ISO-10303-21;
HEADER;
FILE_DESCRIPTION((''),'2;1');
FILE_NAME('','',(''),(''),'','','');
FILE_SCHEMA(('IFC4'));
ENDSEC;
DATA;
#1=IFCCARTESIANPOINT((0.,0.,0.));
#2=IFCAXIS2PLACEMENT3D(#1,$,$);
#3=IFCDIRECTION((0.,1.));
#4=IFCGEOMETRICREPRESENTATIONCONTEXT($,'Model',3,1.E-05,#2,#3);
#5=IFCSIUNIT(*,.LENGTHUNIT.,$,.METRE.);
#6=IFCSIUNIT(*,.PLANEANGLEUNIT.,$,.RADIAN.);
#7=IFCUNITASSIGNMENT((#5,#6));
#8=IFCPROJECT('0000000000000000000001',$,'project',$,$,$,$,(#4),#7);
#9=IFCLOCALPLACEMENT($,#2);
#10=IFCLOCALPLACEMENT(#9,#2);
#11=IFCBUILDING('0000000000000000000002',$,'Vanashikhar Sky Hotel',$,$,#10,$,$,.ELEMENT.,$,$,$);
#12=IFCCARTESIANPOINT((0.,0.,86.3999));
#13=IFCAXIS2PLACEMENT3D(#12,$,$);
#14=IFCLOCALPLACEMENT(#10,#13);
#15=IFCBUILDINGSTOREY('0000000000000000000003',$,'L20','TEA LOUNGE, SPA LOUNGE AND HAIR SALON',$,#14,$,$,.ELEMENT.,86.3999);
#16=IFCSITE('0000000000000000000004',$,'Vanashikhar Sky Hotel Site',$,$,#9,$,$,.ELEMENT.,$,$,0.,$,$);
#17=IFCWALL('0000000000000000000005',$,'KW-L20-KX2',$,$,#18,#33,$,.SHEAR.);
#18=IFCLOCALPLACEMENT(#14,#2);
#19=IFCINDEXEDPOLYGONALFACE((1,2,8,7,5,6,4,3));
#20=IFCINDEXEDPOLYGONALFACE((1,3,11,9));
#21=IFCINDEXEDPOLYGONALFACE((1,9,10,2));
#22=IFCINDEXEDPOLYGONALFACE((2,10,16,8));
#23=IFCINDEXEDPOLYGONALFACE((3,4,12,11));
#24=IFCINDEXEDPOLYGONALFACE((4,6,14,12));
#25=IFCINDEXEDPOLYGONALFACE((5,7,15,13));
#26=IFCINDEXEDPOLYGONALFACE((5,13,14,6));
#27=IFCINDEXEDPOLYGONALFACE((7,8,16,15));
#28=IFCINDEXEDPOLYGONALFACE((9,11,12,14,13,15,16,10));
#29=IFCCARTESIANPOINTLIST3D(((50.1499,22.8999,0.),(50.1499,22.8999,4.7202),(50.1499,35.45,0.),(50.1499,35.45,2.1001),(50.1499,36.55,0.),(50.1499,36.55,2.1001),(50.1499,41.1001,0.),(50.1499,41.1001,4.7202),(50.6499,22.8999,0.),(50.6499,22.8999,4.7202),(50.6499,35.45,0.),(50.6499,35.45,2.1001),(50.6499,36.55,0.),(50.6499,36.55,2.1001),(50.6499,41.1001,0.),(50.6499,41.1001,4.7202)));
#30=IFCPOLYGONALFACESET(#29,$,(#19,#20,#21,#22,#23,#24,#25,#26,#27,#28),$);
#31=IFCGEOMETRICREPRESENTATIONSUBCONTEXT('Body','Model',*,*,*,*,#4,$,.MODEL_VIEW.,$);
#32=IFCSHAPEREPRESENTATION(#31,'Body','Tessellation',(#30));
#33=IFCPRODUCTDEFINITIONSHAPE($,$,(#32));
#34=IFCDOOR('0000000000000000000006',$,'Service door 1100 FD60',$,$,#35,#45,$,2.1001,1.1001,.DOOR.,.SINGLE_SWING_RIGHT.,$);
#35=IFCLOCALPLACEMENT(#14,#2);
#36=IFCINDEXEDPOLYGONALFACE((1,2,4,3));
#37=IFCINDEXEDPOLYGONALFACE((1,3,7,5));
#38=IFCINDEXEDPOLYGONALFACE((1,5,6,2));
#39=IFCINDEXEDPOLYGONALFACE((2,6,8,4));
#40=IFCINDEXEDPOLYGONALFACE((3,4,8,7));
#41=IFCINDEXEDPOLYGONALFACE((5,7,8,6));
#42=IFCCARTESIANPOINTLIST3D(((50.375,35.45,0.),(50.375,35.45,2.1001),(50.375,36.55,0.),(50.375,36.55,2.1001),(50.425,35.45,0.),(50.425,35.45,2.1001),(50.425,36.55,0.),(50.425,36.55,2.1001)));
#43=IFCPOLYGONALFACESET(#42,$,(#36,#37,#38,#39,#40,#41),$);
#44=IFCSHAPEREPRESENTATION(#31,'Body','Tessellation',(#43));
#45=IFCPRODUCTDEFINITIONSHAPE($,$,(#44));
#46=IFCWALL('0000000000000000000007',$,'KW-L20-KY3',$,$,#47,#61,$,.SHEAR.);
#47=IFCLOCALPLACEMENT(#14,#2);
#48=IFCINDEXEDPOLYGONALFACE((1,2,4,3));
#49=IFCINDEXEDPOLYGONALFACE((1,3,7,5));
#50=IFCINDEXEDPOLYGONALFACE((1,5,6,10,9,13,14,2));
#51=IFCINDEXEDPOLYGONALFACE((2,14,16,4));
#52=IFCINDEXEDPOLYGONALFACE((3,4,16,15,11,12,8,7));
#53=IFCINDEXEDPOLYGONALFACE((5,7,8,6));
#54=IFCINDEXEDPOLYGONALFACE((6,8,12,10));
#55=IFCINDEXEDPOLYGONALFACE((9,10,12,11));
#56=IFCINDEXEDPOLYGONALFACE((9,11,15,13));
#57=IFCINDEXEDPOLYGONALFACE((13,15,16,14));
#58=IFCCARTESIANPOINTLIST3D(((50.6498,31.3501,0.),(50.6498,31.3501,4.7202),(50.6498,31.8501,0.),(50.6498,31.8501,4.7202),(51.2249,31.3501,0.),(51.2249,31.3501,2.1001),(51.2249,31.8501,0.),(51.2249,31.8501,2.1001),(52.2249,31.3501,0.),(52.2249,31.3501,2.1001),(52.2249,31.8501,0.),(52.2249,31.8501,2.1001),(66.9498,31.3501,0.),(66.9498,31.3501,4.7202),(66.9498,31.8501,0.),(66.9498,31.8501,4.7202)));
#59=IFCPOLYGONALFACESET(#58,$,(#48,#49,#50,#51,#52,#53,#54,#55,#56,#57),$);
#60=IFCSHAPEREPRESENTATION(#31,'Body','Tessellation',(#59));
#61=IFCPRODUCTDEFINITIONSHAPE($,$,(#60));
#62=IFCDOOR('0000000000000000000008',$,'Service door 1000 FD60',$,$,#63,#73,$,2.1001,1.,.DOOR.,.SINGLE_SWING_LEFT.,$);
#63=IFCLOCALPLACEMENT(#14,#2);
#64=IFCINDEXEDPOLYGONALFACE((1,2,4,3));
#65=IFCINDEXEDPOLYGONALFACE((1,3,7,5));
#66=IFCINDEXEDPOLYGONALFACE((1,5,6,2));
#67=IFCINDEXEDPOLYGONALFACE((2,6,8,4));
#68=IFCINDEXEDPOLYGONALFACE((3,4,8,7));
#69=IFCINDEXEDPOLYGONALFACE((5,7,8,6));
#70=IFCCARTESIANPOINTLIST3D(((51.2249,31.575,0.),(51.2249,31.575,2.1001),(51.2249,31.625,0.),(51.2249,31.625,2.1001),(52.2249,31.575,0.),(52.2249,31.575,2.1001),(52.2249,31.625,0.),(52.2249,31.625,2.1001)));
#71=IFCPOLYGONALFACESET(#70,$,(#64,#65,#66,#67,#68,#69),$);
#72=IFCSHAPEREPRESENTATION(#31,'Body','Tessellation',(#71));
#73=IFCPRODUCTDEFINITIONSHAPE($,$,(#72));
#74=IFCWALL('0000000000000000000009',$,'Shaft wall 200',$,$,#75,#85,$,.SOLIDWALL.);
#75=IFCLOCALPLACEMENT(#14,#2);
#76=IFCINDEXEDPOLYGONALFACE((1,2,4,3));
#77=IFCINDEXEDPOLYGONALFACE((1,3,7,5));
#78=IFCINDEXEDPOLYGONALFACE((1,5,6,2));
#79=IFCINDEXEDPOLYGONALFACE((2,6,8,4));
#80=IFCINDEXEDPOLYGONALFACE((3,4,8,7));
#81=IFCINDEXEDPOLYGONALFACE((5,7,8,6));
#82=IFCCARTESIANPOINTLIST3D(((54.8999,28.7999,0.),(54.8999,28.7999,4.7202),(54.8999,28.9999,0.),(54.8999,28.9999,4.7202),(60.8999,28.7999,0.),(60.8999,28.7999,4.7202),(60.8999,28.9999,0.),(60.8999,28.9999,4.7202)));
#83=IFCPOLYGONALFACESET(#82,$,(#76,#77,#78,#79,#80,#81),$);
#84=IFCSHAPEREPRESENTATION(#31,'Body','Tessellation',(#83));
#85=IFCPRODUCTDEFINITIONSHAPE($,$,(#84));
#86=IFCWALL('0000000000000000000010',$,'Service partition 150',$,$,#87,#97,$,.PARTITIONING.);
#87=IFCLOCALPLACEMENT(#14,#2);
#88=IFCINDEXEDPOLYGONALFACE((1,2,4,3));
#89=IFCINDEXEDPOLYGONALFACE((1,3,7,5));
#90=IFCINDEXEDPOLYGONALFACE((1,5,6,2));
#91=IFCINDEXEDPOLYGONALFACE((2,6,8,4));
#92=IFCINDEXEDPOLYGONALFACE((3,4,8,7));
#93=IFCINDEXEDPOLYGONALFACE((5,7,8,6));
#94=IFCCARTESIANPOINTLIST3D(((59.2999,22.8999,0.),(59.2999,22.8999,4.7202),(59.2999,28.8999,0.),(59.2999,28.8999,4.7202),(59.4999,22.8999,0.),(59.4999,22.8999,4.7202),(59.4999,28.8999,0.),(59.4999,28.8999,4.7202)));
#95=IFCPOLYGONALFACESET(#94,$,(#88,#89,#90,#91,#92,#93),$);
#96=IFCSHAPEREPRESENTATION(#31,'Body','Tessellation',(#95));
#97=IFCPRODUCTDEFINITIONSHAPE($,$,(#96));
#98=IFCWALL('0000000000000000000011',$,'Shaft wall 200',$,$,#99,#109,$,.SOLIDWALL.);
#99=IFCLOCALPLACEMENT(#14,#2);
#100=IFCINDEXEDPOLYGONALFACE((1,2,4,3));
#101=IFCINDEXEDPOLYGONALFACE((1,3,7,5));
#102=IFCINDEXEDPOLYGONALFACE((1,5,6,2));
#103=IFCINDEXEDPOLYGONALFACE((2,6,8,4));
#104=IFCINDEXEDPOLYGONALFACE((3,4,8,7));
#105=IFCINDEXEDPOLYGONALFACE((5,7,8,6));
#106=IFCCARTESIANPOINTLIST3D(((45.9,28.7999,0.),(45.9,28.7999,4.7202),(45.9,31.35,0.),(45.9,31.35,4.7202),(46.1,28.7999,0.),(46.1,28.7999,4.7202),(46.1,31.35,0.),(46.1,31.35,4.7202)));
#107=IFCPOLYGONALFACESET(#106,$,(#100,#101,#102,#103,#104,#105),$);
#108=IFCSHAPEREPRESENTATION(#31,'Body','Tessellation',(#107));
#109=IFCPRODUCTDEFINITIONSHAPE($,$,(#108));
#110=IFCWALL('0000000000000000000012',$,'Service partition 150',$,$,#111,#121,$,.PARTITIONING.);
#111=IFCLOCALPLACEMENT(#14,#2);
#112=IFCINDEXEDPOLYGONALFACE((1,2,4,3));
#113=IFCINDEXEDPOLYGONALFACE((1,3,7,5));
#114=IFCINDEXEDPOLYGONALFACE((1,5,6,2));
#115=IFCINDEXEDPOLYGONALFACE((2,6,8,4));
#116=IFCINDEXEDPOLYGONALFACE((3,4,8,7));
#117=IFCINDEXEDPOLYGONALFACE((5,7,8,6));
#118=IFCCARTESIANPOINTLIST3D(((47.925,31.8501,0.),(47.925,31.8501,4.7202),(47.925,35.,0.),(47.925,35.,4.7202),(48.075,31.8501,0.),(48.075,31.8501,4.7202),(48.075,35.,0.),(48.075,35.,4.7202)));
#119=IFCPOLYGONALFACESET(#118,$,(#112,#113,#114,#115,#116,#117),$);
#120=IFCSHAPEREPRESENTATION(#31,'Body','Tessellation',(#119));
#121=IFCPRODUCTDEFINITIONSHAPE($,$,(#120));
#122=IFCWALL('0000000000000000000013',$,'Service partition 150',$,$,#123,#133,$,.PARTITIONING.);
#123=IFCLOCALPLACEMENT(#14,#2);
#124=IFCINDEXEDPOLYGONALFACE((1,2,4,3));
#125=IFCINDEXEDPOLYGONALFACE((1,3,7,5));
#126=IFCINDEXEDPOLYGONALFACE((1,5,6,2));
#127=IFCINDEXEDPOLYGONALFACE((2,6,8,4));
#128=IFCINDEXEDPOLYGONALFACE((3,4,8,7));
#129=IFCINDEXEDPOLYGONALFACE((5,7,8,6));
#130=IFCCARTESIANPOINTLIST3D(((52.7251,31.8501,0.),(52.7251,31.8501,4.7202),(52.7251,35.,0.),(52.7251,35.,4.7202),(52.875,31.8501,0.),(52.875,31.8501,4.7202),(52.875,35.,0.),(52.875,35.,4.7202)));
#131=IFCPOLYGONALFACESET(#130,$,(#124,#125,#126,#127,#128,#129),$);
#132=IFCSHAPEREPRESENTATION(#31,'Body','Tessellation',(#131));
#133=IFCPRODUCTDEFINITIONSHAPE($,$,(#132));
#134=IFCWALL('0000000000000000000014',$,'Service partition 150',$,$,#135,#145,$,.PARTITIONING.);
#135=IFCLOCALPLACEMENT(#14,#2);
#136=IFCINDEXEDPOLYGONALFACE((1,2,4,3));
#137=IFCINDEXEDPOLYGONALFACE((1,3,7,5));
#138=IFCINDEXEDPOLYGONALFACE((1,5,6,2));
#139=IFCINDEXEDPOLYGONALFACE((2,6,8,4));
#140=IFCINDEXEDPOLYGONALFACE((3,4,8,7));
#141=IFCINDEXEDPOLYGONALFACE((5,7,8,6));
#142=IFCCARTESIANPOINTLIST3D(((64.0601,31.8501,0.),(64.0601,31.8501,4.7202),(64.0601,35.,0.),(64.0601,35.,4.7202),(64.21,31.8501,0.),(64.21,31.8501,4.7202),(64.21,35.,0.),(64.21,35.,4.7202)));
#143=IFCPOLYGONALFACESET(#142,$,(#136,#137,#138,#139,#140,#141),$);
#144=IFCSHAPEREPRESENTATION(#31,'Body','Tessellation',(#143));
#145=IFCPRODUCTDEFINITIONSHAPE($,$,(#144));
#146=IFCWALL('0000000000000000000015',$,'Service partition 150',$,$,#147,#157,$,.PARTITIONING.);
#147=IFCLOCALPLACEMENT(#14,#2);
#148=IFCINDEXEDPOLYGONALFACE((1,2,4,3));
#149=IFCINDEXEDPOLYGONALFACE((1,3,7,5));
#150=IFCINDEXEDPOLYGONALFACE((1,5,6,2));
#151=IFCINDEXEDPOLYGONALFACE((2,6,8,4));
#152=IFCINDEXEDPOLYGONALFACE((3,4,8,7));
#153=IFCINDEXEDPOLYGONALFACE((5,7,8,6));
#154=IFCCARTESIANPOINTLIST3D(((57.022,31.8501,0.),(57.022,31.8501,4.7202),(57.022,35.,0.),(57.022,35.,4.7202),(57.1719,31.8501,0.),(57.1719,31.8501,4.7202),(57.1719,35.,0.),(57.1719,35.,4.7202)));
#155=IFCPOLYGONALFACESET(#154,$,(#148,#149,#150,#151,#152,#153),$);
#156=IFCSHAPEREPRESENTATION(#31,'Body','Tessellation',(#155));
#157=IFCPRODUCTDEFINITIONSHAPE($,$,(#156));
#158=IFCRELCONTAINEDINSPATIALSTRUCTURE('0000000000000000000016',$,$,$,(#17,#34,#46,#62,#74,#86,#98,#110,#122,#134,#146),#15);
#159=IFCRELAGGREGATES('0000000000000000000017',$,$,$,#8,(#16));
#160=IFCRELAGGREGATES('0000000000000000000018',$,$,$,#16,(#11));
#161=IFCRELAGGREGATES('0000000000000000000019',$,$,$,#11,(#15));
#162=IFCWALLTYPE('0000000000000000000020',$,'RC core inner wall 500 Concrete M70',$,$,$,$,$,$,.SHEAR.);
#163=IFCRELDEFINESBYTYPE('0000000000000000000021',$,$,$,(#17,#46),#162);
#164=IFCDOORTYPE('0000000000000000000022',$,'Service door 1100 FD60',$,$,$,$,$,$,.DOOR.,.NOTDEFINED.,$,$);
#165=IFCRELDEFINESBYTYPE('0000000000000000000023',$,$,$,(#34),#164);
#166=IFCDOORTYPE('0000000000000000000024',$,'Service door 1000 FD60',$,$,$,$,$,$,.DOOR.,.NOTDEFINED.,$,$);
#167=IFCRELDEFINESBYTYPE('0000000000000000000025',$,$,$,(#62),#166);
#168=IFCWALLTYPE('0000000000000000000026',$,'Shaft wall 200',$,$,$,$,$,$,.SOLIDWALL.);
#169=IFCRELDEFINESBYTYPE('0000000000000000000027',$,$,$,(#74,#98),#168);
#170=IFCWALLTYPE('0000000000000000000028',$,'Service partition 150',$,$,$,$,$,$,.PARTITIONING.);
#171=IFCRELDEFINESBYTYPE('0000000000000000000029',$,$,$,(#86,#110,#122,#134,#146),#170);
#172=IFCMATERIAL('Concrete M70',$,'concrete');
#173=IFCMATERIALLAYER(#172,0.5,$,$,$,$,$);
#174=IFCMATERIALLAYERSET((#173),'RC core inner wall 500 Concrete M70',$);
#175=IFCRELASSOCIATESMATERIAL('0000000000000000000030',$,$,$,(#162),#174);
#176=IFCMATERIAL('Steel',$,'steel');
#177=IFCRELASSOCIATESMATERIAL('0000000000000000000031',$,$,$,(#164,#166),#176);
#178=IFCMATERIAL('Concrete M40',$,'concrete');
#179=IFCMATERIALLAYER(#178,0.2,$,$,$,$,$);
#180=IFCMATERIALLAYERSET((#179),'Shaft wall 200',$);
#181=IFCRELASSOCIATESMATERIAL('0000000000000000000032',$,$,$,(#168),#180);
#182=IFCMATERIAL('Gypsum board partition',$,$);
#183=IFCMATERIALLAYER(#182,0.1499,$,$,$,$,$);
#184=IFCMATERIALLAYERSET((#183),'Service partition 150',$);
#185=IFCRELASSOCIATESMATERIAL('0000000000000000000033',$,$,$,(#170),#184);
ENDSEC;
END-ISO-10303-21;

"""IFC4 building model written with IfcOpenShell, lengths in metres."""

from ifc_helpers import new_model, si_unit, direction, frame, frame_2d, origin, place, context, subcontext, project, spatial, rectangle, extrude, source, transform, mapped, material, layer, layer_set, type_object, element, fill, save


model = new_model("IFC4")

# Units and contexts
model_context = context("Model", 3, precision=1e-05, world=origin(), true_north=direction((0.0, 1.0)))
body_context = subcontext(model_context, "Body", "Model", "MODEL_VIEW")
ifc_project = project(units=[si_unit("LENGTHUNIT", "METRE"), si_unit("PLANEANGLEUNIT", "RADIAN")], contexts=[model_context])

# Site, building, storey
site_placement = place(None, origin())
site = spatial("IfcSite", under=ifc_project, at=site_placement, Name="Vanashikhar Sky Hotel Site", CompositionType="ELEMENT", RefElevation=0.0)
building_placement = place(site_placement, origin())
building = spatial("IfcBuilding", under=site, at=building_placement, Name="Vanashikhar Sky Hotel", CompositionType="ELEMENT")
storey_placement = place(building_placement, frame((0.0, 0.0, 86.3999)))
storey = spatial("IfcBuildingStorey", under=building, at=storey_placement, Name="L20", Description="TEA LOUNGE, SPA LOUNGE AND HAIR SALON", CompositionType="ELEMENT", Elevation=86.3999)

# Walls, openings, doors
ifc_material_1 = material(Name="Concrete M70", Category="concrete")
ifc_layer_1 = layer(ifc_material_1, 0.5)
ifc_layer_set_1 = layer_set([ifc_layer_1], Name="RC core inner wall 500 Concrete M70")
wall_type_1 = type_object("IfcWallType", Name="RC core inner wall 500 Concrete M70", PredefinedType="SHEAR", material=ifc_layer_set_1)
shared_shape_1 = source(origin(), body_context, "Body", "SweptSolid", [
    extrude(rectangle(XDim=18.2002, YDim=0.5, at=frame_2d((9.1001, 0.0))), origin(), (0.0, 0.0, 1.0), 4.7202),
])
wall_1_placement = place(storey_placement, frame((50.3999, 22.8999, 0.0), z_axis=(0.0, 0.0, 1.0), x_axis=(0.0, 1.0, 0.0)))
wall_1 = element("IfcWall", 1, at=wall_1_placement, inside=storey, type_object=wall_type_1, Name="KW-L20-KX2", PredefinedType="SHEAR", context=body_context, shape_type="MappedRepresentation", body=[
    mapped(shared_shape_1, transform((0.0, 0.0, 0.0), scale=1.0)),
])
shared_shape_2 = source(origin(), body_context, "Body", "SweptSolid", [
    extrude(rectangle(XDim=1.1001, YDim=2.1001, at=frame_2d((0.55, 1.05))), frame((0.0, 0.26, 0.0), z_axis=(0.0, -1.0, 0.0), x_axis=(1.0, 0.0, 0.0)), (0.0, 0.0, 1.0), 0.52),
])
opening_1_placement = place(wall_1_placement, frame((12.55, 0.0, 0.0)))
opening_1 = element("IfcOpeningElement", 2, at=opening_1_placement, cuts=wall_1, PredefinedType="OPENING", context=body_context, shape_type="MappedRepresentation", body=[
    mapped(shared_shape_2, transform((0.0, 0.0, 0.0), scale=1.0)),
])
ifc_material_2 = material(Name="Steel", Category="steel")
door_type_1 = type_object("IfcDoorType", Name="Service door 1100 FD60", OperationType="NOTDEFINED", PredefinedType="DOOR", material=ifc_material_2)
shared_shape_3 = source(origin(), body_context, "Body", "SweptSolid", [
    extrude(rectangle(XDim=1.1001, YDim=2.1001, at=frame_2d((0.55, 1.05))), frame((0.0, 0.0249, 0.0), z_axis=(0.0, -1.0, 0.0), x_axis=(1.0, 0.0, 0.0)), (0.0, 0.0, 1.0), 0.05),
])
door_1_placement = place(opening_1_placement, origin())
door_1 = element("IfcDoor", 3, at=door_1_placement, inside=storey, type_object=door_type_1, Name="Service door 1100 FD60", OperationType="SINGLE_SWING_RIGHT", OverallHeight=2.1001, OverallWidth=1.1001, PredefinedType="DOOR", context=body_context, shape_type="MappedRepresentation", body=[
    mapped(shared_shape_3, transform((0.0, 0.0, 0.0), scale=1.0)),
])
fill(opening_1, door_1)
shared_shape_4 = source(origin(), body_context, "Body", "SweptSolid", [
    extrude(rectangle(XDim=16.3, YDim=0.5, at=frame_2d((8.1499, 0.0))), origin(), (0.0, 0.0, 1.0), 4.7202),
])
wall_2_placement = place(storey_placement, frame((50.6499, 31.6001, 0.0), z_axis=(0.0, 0.0, 1.0), x_axis=(1.0, 0.0, 0.0)))
wall_2 = element("IfcWall", 4, at=wall_2_placement, inside=storey, type_object=wall_type_1, Name="KW-L20-KY3", PredefinedType="SHEAR", context=body_context, shape_type="MappedRepresentation", body=[
    mapped(shared_shape_4, transform((0.0, 0.0, 0.0), scale=1.0)),
])
shared_shape_5 = source(origin(), body_context, "Body", "SweptSolid", [
    extrude(rectangle(XDim=1.0, YDim=2.1001, at=frame_2d((0.5, 1.05))), frame((0.0, 0.26, 0.0), z_axis=(0.0, -1.0, 0.0), x_axis=(1.0, 0.0, 0.0)), (0.0, 0.0, 1.0), 0.52),
])
opening_2_placement = place(wall_2_placement, frame((0.575, 0.0, 0.0)))
opening_2 = element("IfcOpeningElement", 5, at=opening_2_placement, cuts=wall_2, PredefinedType="OPENING", context=body_context, shape_type="MappedRepresentation", body=[
    mapped(shared_shape_5, transform((0.0, 0.0, 0.0), scale=1.0)),
])
door_type_2 = type_object("IfcDoorType", Name="Service door 1000 FD60", OperationType="NOTDEFINED", PredefinedType="DOOR", material=ifc_material_2)
shared_shape_6 = source(origin(), body_context, "Body", "SweptSolid", [
    extrude(rectangle(XDim=1.0, YDim=2.1001, at=frame_2d((0.5, 1.05))), frame((0.0, 0.0249, 0.0), z_axis=(0.0, -1.0, 0.0), x_axis=(1.0, 0.0, 0.0)), (0.0, 0.0, 1.0), 0.05),
])
door_2_placement = place(opening_2_placement, origin())
door_2 = element("IfcDoor", 6, at=door_2_placement, inside=storey, type_object=door_type_2, Name="Service door 1000 FD60", OperationType="SINGLE_SWING_LEFT", OverallHeight=2.1001, OverallWidth=1.0, PredefinedType="DOOR", context=body_context, shape_type="MappedRepresentation", body=[
    mapped(shared_shape_6, transform((0.0, 0.0, 0.0), scale=1.0)),
])
fill(opening_2, door_2)

# Walls
ifc_material_3 = material(Name="Concrete M40", Category="concrete")
ifc_layer_2 = layer(ifc_material_3, 0.2)
ifc_layer_set_2 = layer_set([ifc_layer_2], Name="Shaft wall 200")
wall_type_2 = type_object("IfcWallType", Name="Shaft wall 200", PredefinedType="SOLIDWALL", material=ifc_layer_set_2)
shared_shape_7 = source(origin(), body_context, "Body", "SweptSolid", [
    extrude(rectangle(XDim=6.0, YDim=0.2, at=frame_2d((3.0, 0.0))), origin(), (0.0, 0.0, 1.0), 4.7202),
])
wall_3_placement = place(storey_placement, frame((60.8999, 28.8999, 0.0), z_axis=(0.0, 0.0, 1.0), x_axis=(-1.0, 0.0, 0.0)))
element("IfcWall", 7, at=wall_3_placement, inside=storey, type_object=wall_type_2, Name="Shaft wall 200", PredefinedType="SOLIDWALL", context=body_context, shape_type="MappedRepresentation", body=[
    mapped(shared_shape_7, transform((0.0, 0.0, 0.0), scale=1.0)),
])
ifc_material_4 = material(Name="Gypsum board partition")
ifc_layer_3 = layer(ifc_material_4, 0.1499)
ifc_layer_set_3 = layer_set([ifc_layer_3], Name="Service partition 150")
wall_type_3 = type_object("IfcWallType", Name="Service partition 150", PredefinedType="PARTITIONING", material=ifc_layer_set_3)
wall_4_placement = place(storey_placement, frame((59.3999, 22.8999, 0.0), z_axis=(0.0, 0.0, 1.0), x_axis=(0.0, 1.0, 0.0)))
element("IfcWall", 8, at=wall_4_placement, inside=storey, type_object=wall_type_3, Name="Service partition 150", PredefinedType="PARTITIONING", context=body_context, shape_type="MappedRepresentation", body=[
    mapped(shared_shape_7, transform((0.0, 0.0, 0.0), scale=1.0)),
])
shared_shape_8 = source(origin(), body_context, "Body", "SweptSolid", [
    extrude(rectangle(XDim=2.55, YDim=0.2, at=frame_2d((1.2749, 0.0))), origin(), (0.0, 0.0, 1.0), 4.7202),
])
wall_5_placement = place(storey_placement, frame((46.0, 28.8, 0.0), z_axis=(0.0, 0.0, 1.0), x_axis=(0.0, 1.0, 0.0)))
element("IfcWall", 9, at=wall_5_placement, inside=storey, type_object=wall_type_2, Name="Shaft wall 200", PredefinedType="SOLIDWALL", context=body_context, shape_type="MappedRepresentation", body=[
    mapped(shared_shape_8, transform((0.0, 0.0, 0.0), scale=1.0)),
])
shared_shape_9 = source(origin(), body_context, "Body", "SweptSolid", [
    extrude(rectangle(XDim=3.1499, YDim=0.1499, at=frame_2d((1.575, 0.0))), origin(), (0.0, 0.0, 1.0), 4.7202),
])
for number, where, z_axis, x_axis, name in (
    (10, (48.0, 31.8501, 0.0), (0.0, 0.0, 1.0), (0.0, 1.0, 0.0), "Service partition 150"),
    (11, (52.8, 31.8501, 0.0), (0.0, 0.0, 1.0), (0.0, 1.0, 0.0), "Service partition 150"),
    (12, (64.135, 31.8501, 0.0), (0.0, 0.0, 1.0), (0.0, 1.0, 0.0), "Service partition 150"),
    (13, (57.0969, 31.8501, 0.0), (0.0, 0.0, 1.0), (0.0, 1.0, 0.0), "Service partition 150"),
):
    element("IfcWall", number, at=place(storey_placement, frame(where, z_axis=z_axis, x_axis=x_axis)), inside=storey, type_object=wall_type_3, Name=name, PredefinedType="PARTITIONING", context=body_context, shape_type="MappedRepresentation", body=[
        mapped(shared_shape_9, transform((0.0, 0.0, 0.0), scale=1.0)),
    ])

save(model, "model.ifc")
